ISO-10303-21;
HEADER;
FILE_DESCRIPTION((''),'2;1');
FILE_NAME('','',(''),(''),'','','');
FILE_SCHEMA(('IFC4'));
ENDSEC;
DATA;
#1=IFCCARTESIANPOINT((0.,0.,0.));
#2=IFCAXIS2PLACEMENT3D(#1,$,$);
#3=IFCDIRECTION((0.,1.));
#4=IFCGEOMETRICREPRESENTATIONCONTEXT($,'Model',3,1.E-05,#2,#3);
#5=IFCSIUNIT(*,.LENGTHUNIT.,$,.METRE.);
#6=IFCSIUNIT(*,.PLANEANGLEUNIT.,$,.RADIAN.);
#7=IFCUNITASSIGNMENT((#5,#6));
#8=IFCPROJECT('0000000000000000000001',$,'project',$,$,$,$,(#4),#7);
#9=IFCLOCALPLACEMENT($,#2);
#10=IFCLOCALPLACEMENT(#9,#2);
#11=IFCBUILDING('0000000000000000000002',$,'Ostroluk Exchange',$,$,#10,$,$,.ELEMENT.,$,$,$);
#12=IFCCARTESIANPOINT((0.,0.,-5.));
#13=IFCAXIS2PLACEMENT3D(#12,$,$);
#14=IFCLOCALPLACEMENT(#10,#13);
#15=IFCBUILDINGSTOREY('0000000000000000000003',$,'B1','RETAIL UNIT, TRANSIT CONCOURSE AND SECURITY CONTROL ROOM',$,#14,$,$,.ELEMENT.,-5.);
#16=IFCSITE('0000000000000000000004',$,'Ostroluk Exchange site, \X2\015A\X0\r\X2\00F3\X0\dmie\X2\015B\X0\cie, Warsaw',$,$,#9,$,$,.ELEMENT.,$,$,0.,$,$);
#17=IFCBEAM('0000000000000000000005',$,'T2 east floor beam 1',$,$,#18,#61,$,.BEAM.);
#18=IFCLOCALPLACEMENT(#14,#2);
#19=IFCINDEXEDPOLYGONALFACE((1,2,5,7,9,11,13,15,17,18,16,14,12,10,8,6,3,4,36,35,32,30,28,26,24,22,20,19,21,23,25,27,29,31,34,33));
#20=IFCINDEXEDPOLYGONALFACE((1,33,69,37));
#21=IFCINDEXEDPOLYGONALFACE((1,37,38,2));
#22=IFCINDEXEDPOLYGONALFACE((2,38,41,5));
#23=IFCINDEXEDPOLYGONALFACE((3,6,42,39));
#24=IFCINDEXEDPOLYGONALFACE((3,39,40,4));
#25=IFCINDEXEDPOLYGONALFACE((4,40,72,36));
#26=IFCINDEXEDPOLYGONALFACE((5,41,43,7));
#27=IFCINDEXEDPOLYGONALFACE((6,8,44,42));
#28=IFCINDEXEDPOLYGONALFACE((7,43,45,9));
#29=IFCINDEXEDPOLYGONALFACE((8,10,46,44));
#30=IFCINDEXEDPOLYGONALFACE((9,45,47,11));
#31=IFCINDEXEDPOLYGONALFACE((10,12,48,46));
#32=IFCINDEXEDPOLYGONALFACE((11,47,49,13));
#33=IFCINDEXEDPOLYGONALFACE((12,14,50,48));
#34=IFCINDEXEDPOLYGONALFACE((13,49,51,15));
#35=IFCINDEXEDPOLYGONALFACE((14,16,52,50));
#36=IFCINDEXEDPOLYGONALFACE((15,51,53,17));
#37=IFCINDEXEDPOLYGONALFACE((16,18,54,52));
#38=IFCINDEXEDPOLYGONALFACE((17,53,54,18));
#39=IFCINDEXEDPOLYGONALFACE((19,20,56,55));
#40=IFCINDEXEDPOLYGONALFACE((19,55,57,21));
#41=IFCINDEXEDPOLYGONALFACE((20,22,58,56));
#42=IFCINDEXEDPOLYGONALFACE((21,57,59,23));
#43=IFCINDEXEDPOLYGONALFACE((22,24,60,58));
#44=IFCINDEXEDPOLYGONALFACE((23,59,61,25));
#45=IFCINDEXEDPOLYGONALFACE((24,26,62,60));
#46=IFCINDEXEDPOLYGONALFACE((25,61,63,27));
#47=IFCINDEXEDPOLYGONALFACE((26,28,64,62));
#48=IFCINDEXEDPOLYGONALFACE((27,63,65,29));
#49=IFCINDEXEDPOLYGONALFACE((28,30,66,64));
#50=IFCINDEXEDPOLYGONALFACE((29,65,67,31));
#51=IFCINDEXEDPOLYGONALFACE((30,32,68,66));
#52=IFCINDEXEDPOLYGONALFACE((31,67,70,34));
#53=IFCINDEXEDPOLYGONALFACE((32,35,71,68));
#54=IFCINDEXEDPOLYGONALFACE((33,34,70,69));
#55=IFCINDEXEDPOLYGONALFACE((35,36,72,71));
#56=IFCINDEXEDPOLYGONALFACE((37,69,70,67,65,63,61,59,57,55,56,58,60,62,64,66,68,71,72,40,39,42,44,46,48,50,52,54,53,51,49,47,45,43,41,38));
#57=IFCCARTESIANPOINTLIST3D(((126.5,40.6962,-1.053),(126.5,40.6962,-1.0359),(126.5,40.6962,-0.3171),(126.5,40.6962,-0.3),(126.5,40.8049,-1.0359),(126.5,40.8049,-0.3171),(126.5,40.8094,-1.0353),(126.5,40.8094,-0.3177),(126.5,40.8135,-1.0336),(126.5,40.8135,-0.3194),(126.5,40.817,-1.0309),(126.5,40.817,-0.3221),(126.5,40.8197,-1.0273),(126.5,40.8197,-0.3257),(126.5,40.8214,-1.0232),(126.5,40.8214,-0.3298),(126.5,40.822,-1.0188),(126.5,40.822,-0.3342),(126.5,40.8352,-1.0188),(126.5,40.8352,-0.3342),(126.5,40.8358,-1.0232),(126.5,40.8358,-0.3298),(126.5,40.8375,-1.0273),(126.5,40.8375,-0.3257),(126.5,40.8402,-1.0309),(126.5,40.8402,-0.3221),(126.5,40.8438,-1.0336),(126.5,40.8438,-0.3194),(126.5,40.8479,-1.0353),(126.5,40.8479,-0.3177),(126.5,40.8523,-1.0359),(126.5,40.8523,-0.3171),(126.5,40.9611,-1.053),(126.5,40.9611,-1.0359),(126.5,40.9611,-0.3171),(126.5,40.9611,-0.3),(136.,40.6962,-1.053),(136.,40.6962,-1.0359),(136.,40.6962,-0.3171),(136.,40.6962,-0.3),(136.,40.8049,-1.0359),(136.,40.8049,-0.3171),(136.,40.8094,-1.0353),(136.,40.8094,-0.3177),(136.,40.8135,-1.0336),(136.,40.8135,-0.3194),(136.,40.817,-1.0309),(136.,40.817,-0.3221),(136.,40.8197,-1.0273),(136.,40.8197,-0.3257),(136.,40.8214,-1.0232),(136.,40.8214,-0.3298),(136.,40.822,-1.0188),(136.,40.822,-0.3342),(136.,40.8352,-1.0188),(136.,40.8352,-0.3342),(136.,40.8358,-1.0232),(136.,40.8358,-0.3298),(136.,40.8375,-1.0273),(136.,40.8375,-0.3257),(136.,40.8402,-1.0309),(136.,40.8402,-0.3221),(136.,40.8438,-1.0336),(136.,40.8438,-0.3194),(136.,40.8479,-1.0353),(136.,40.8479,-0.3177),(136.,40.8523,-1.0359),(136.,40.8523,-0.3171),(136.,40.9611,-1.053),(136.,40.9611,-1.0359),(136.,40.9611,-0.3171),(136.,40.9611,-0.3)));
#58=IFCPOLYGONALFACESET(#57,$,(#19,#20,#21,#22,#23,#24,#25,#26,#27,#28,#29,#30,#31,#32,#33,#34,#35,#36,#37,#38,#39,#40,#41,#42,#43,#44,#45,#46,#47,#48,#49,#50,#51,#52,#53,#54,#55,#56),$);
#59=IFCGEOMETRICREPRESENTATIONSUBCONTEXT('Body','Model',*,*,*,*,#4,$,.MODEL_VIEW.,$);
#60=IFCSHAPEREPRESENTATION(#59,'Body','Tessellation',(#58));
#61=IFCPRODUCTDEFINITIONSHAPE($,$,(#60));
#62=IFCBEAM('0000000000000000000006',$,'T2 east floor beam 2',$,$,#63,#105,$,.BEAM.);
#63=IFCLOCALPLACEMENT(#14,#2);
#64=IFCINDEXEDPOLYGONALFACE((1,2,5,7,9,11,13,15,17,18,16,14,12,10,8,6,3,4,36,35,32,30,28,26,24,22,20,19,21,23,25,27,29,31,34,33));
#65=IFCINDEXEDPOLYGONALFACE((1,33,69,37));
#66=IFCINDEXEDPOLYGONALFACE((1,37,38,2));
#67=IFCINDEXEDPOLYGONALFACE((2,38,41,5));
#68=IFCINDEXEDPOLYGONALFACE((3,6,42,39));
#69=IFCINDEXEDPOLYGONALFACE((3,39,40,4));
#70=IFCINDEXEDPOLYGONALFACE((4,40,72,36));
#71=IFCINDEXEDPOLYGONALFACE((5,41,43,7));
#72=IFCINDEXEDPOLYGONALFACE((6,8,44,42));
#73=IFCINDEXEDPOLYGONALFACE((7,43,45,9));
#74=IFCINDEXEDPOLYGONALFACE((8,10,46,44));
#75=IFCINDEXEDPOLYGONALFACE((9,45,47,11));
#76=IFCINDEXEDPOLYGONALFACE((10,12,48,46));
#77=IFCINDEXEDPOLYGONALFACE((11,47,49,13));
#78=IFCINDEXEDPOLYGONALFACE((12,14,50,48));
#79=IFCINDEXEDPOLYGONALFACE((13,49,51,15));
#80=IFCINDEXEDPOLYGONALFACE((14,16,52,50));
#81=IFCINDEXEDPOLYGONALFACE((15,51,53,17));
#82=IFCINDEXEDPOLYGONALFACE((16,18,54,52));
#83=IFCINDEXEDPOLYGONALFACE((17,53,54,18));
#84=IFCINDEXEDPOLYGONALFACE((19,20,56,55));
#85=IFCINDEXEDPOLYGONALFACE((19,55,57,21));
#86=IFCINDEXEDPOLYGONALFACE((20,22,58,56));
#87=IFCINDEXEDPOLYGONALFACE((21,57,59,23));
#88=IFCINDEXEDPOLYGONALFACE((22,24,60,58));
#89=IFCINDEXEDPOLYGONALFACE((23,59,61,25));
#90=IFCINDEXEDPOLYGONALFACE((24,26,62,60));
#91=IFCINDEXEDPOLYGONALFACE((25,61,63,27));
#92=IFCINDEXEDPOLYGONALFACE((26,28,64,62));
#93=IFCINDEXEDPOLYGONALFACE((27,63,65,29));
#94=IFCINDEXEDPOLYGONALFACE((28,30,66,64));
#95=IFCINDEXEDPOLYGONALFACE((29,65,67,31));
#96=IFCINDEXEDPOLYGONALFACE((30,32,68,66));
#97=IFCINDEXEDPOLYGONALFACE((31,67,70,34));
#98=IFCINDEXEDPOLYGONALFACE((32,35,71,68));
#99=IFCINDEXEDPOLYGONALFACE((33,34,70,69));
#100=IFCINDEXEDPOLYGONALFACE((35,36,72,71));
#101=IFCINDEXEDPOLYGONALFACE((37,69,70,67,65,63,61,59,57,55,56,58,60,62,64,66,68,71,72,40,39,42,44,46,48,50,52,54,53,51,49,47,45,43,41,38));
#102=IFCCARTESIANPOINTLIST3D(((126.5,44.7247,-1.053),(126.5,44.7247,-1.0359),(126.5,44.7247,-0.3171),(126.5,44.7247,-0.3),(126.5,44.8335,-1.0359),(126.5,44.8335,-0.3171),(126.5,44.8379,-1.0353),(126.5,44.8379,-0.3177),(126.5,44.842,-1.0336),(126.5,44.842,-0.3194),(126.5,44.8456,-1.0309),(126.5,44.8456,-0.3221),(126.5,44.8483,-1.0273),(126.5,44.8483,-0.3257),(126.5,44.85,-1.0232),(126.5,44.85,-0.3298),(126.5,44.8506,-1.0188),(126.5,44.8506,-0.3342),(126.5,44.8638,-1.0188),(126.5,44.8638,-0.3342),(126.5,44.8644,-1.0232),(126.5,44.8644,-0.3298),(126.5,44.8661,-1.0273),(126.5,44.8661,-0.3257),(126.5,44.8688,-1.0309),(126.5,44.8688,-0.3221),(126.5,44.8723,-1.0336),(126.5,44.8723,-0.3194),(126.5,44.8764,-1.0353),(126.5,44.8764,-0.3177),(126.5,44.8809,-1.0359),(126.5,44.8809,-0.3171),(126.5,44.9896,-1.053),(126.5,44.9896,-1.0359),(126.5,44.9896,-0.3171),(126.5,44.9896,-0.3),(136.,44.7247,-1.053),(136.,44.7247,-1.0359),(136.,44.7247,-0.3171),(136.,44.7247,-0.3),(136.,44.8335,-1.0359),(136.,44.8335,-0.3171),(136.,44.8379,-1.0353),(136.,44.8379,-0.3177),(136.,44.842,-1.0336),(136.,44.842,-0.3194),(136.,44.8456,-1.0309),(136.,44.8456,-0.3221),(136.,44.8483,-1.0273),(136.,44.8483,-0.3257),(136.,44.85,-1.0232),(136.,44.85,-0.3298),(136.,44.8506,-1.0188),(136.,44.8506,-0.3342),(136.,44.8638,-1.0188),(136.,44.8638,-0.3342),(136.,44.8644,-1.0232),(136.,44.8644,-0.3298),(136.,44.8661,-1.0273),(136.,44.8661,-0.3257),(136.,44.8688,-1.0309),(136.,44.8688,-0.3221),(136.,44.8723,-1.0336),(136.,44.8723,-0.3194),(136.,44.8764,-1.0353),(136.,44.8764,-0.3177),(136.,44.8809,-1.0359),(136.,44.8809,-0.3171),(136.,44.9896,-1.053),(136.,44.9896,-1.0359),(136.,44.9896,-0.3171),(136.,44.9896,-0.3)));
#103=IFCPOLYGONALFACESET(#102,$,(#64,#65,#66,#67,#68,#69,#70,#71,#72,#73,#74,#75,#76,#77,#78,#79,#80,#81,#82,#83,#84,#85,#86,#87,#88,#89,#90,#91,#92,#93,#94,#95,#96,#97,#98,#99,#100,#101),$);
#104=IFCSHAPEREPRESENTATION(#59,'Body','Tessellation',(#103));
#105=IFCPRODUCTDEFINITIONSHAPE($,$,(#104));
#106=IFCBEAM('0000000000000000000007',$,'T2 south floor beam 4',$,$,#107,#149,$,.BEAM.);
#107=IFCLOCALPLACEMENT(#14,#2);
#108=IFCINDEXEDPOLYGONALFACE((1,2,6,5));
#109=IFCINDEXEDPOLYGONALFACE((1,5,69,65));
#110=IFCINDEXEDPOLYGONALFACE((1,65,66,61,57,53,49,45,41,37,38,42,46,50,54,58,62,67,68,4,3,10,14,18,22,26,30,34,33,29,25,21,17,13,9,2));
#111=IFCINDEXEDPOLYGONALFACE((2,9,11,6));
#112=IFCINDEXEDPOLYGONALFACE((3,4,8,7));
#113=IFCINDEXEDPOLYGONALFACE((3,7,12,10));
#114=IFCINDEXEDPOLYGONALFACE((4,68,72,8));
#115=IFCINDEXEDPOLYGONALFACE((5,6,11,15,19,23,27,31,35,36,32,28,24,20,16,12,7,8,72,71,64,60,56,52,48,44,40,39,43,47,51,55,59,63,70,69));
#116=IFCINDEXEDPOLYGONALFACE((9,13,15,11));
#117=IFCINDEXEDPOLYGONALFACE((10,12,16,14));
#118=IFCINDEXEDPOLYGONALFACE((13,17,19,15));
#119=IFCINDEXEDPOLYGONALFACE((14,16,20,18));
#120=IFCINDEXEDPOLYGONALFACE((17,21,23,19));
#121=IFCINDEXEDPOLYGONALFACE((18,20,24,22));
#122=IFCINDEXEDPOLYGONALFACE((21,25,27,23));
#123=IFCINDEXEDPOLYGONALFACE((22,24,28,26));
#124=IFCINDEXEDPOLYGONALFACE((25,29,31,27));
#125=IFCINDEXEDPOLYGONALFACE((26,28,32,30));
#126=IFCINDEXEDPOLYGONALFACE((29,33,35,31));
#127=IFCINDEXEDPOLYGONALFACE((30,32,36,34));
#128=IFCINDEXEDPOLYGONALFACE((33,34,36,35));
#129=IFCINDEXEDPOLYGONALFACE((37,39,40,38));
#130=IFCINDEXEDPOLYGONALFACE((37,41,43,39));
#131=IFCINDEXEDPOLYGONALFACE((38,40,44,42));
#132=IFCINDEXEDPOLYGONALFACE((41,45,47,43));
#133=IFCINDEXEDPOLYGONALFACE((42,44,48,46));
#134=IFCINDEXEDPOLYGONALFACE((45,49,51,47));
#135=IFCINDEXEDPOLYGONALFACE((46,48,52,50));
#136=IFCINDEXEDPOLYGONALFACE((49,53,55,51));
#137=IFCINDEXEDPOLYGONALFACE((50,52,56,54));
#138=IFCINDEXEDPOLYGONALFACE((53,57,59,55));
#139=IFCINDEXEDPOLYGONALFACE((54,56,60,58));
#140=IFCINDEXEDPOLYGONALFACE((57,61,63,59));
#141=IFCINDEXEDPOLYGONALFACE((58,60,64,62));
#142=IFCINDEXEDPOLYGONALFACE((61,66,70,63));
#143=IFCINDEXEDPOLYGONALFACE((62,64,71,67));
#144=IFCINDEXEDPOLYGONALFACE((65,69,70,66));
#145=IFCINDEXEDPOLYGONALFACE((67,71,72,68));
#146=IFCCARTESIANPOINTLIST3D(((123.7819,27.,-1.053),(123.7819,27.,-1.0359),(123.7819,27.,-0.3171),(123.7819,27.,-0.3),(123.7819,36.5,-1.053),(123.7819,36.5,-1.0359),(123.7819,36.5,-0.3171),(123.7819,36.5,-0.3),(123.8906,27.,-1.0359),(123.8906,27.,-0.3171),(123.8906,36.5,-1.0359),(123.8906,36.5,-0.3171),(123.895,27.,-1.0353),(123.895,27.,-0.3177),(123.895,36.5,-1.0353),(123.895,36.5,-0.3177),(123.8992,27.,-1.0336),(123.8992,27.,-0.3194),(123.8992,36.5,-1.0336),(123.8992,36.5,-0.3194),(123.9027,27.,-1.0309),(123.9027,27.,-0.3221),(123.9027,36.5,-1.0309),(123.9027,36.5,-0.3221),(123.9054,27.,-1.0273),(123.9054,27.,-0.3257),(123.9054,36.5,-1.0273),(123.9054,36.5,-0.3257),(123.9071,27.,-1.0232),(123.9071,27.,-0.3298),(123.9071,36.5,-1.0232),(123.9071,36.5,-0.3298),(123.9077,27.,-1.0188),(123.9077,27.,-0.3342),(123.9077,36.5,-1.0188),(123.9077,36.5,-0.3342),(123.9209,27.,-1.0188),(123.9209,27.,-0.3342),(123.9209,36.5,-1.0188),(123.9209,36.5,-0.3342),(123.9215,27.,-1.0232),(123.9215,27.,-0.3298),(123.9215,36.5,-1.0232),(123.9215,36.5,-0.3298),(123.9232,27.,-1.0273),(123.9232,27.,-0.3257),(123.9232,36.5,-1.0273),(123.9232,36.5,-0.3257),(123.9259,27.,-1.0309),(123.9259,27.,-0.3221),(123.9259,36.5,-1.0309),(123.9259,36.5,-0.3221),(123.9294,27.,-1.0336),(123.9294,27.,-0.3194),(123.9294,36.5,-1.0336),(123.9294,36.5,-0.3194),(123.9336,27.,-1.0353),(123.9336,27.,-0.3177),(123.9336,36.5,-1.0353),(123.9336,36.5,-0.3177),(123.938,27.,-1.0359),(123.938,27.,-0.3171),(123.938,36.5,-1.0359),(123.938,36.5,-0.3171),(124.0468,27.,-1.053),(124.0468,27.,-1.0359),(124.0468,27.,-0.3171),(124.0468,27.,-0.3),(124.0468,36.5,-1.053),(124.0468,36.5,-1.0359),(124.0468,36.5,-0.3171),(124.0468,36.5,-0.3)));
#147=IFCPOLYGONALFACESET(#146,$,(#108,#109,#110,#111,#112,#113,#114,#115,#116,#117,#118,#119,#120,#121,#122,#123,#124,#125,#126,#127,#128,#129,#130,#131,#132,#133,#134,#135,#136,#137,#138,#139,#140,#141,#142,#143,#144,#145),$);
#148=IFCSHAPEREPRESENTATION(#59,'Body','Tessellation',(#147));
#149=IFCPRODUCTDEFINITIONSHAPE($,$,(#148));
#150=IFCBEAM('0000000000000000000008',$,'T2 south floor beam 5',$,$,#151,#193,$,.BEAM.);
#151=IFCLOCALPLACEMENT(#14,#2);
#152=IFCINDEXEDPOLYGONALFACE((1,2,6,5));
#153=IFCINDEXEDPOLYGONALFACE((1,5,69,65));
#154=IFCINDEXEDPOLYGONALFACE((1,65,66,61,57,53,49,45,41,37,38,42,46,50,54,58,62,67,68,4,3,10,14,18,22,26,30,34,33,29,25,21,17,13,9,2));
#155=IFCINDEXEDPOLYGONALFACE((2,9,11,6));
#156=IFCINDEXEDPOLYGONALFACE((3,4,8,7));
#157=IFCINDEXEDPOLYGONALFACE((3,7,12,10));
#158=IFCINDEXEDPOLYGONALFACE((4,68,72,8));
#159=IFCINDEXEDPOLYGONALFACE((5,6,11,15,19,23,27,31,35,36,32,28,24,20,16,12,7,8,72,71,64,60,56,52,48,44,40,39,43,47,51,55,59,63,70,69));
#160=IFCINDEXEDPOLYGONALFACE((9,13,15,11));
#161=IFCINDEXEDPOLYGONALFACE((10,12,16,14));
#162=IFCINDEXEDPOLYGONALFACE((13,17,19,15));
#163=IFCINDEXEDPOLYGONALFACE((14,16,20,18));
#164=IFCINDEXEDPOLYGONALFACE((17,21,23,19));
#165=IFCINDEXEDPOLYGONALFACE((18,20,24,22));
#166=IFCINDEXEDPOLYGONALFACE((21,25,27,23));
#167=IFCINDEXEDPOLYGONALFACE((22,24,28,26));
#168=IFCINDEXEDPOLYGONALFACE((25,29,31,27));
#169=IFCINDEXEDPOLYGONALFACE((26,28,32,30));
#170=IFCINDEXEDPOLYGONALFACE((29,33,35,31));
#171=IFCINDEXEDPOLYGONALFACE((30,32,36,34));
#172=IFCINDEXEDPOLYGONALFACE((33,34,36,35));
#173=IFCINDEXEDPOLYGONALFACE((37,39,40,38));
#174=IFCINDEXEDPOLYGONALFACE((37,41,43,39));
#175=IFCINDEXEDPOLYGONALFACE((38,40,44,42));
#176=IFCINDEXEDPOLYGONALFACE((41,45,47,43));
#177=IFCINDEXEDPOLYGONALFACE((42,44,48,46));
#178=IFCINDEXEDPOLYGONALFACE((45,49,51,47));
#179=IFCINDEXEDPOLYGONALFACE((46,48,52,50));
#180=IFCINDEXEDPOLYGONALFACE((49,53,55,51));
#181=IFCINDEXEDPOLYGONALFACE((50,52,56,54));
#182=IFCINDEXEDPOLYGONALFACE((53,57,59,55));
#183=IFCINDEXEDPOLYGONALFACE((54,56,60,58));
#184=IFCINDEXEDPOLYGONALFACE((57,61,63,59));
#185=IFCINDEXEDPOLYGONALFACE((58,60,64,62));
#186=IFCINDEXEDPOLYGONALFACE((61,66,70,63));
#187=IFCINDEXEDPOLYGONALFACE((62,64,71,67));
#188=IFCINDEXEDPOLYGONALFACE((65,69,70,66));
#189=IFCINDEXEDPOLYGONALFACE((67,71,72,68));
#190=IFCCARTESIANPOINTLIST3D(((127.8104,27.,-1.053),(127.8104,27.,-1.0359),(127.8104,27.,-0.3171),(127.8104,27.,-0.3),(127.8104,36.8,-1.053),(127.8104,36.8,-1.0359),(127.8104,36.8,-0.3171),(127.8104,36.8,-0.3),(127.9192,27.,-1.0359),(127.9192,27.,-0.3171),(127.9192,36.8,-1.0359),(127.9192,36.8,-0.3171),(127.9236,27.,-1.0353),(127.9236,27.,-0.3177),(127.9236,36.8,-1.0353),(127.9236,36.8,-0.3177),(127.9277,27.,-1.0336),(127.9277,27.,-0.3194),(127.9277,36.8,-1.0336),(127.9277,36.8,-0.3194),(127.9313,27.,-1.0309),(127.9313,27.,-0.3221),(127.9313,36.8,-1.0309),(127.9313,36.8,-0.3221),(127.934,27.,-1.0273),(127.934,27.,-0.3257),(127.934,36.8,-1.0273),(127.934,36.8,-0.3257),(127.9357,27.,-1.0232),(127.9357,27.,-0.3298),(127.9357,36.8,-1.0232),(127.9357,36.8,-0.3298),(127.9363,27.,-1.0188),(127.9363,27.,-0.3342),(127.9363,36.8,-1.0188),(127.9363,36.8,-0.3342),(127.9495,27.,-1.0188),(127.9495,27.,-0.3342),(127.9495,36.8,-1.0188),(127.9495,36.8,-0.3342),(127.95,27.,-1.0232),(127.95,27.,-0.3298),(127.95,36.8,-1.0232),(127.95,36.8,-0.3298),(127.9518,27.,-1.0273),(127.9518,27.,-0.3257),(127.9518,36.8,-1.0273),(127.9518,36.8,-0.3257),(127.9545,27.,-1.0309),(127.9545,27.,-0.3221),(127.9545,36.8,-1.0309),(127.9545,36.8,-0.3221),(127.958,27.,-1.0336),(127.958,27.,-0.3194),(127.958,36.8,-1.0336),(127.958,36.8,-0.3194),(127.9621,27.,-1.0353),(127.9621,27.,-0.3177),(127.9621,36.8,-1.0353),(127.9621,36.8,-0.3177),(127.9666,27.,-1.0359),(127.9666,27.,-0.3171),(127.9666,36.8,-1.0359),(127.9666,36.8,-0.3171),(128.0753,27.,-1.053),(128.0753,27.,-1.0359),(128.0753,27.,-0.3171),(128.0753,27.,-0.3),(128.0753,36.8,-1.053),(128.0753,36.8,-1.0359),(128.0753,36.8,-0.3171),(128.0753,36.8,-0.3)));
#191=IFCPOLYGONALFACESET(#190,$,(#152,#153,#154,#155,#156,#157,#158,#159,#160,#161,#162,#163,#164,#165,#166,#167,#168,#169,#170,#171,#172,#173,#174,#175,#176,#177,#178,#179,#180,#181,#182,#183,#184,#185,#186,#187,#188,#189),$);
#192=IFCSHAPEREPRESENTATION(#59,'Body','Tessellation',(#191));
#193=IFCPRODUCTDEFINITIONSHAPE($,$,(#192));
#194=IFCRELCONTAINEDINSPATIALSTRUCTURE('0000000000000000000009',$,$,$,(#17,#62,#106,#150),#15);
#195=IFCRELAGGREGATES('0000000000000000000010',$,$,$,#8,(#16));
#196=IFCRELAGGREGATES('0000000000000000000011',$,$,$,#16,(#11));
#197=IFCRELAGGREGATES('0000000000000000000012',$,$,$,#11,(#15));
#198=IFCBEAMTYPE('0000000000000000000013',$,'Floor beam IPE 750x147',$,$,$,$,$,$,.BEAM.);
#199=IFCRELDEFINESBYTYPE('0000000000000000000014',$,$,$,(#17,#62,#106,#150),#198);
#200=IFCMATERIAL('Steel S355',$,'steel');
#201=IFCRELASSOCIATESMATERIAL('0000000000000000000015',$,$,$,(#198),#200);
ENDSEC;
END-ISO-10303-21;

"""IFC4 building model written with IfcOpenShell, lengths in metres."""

from ifc_helpers import new_model, si_unit, direction, frame, origin, origin_2d, place, context, subcontext, project, spatial, i_section, extrude, material, material_profile, profile_set, type_object, element, save


model = new_model("IFC4")

# Units and contexts
model_context = context("Model", 3, precision=1e-05, world=origin(), true_north=direction((0.0, 1.0)))
body_context = subcontext(model_context, "Body", "Model", "MODEL_VIEW")
ifc_project = project(units=[si_unit("LENGTHUNIT", "METRE"), si_unit("PLANEANGLEUNIT", "RADIAN")], contexts=[model_context])

# Site, building, storey
site_placement = place(None, origin())
site = spatial("IfcSite", under=ifc_project, at=site_placement, Name="Ostroluk Exchange site, Śródmieście, Warsaw", CompositionType="ELEMENT", RefElevation=0.0)
building_placement = place(site_placement, origin())
building = spatial("IfcBuilding", under=site, at=building_placement, Name="Ostroluk Exchange", CompositionType="ELEMENT")
storey_placement = place(building_placement, frame((0.0, 0.0, -5.0)))
storey = spatial("IfcBuildingStorey", under=building, at=storey_placement, Name="B1", Description="RETAIL UNIT, TRANSIT CONCOURSE AND SECURITY CONTROL ROOM", CompositionType="ELEMENT", Elevation=-5.0)

# Beams
ifc_material_1 = material(Name="Steel S355", Category="steel")
ifc_material_profile_1 = material_profile(ifc_material_1, i_section(OverallWidth=0.2649, OverallDepth=0.7529, WebThickness=0.0132, FlangeThickness=0.0171, FilletRadius=0.0171, at=origin_2d()), Name="IPE 750x147")
ifc_profile_set_1 = profile_set([ifc_material_profile_1], Name="Steel S355")
beam_type_1 = type_object("IfcBeamType", Name="Floor beam IPE 750x147", PredefinedType="BEAM", material=ifc_profile_set_1)
for number, where, z_axis, x_axis, name in (
    (1, (126.5, 40.8286, -0.6765), (1.0, 0.0, 0.0), (0.0, 1.0, 0.0), "T2 east floor beam 1"),
    (2, (126.5, 44.8572, -0.6765), (1.0, 0.0, 0.0), (0.0, 1.0, 0.0), "T2 east floor beam 2"),
    (3, (123.9143, 36.5, -0.6765), (0.0, -1.0, 0.0), (1.0, 0.0, 0.0), "T2 south floor beam 4"),
):
    element("IfcBeam", number, at=place(storey_placement, frame(where, z_axis=z_axis, x_axis=x_axis)), inside=storey, type_object=beam_type_1, Name=name, PredefinedType="BEAM", context=body_context, shape_type="SweptSolid", body=[
        extrude(i_section(OverallWidth=0.2649, OverallDepth=0.7529, WebThickness=0.0132, FlangeThickness=0.0171, FilletRadius=0.0171, at=origin_2d()), origin(), (0.0, 0.0, 1.0), 9.5),
    ])
beam_1_placement = place(storey_placement, frame((127.9429, 36.8, -0.6765), z_axis=(0.0, -1.0, 0.0), x_axis=(1.0, 0.0, 0.0)))
element("IfcBeam", 4, at=beam_1_placement, inside=storey, type_object=beam_type_1, Name="T2 south floor beam 5", PredefinedType="BEAM", context=body_context, shape_type="SweptSolid", body=[
    extrude(i_section(OverallWidth=0.2649, OverallDepth=0.7529, WebThickness=0.0132, FlangeThickness=0.0171, FilletRadius=0.0171, at=origin_2d()), origin(), (0.0, 0.0, 1.0), 9.8),
])

save(model, "model.ifc")
